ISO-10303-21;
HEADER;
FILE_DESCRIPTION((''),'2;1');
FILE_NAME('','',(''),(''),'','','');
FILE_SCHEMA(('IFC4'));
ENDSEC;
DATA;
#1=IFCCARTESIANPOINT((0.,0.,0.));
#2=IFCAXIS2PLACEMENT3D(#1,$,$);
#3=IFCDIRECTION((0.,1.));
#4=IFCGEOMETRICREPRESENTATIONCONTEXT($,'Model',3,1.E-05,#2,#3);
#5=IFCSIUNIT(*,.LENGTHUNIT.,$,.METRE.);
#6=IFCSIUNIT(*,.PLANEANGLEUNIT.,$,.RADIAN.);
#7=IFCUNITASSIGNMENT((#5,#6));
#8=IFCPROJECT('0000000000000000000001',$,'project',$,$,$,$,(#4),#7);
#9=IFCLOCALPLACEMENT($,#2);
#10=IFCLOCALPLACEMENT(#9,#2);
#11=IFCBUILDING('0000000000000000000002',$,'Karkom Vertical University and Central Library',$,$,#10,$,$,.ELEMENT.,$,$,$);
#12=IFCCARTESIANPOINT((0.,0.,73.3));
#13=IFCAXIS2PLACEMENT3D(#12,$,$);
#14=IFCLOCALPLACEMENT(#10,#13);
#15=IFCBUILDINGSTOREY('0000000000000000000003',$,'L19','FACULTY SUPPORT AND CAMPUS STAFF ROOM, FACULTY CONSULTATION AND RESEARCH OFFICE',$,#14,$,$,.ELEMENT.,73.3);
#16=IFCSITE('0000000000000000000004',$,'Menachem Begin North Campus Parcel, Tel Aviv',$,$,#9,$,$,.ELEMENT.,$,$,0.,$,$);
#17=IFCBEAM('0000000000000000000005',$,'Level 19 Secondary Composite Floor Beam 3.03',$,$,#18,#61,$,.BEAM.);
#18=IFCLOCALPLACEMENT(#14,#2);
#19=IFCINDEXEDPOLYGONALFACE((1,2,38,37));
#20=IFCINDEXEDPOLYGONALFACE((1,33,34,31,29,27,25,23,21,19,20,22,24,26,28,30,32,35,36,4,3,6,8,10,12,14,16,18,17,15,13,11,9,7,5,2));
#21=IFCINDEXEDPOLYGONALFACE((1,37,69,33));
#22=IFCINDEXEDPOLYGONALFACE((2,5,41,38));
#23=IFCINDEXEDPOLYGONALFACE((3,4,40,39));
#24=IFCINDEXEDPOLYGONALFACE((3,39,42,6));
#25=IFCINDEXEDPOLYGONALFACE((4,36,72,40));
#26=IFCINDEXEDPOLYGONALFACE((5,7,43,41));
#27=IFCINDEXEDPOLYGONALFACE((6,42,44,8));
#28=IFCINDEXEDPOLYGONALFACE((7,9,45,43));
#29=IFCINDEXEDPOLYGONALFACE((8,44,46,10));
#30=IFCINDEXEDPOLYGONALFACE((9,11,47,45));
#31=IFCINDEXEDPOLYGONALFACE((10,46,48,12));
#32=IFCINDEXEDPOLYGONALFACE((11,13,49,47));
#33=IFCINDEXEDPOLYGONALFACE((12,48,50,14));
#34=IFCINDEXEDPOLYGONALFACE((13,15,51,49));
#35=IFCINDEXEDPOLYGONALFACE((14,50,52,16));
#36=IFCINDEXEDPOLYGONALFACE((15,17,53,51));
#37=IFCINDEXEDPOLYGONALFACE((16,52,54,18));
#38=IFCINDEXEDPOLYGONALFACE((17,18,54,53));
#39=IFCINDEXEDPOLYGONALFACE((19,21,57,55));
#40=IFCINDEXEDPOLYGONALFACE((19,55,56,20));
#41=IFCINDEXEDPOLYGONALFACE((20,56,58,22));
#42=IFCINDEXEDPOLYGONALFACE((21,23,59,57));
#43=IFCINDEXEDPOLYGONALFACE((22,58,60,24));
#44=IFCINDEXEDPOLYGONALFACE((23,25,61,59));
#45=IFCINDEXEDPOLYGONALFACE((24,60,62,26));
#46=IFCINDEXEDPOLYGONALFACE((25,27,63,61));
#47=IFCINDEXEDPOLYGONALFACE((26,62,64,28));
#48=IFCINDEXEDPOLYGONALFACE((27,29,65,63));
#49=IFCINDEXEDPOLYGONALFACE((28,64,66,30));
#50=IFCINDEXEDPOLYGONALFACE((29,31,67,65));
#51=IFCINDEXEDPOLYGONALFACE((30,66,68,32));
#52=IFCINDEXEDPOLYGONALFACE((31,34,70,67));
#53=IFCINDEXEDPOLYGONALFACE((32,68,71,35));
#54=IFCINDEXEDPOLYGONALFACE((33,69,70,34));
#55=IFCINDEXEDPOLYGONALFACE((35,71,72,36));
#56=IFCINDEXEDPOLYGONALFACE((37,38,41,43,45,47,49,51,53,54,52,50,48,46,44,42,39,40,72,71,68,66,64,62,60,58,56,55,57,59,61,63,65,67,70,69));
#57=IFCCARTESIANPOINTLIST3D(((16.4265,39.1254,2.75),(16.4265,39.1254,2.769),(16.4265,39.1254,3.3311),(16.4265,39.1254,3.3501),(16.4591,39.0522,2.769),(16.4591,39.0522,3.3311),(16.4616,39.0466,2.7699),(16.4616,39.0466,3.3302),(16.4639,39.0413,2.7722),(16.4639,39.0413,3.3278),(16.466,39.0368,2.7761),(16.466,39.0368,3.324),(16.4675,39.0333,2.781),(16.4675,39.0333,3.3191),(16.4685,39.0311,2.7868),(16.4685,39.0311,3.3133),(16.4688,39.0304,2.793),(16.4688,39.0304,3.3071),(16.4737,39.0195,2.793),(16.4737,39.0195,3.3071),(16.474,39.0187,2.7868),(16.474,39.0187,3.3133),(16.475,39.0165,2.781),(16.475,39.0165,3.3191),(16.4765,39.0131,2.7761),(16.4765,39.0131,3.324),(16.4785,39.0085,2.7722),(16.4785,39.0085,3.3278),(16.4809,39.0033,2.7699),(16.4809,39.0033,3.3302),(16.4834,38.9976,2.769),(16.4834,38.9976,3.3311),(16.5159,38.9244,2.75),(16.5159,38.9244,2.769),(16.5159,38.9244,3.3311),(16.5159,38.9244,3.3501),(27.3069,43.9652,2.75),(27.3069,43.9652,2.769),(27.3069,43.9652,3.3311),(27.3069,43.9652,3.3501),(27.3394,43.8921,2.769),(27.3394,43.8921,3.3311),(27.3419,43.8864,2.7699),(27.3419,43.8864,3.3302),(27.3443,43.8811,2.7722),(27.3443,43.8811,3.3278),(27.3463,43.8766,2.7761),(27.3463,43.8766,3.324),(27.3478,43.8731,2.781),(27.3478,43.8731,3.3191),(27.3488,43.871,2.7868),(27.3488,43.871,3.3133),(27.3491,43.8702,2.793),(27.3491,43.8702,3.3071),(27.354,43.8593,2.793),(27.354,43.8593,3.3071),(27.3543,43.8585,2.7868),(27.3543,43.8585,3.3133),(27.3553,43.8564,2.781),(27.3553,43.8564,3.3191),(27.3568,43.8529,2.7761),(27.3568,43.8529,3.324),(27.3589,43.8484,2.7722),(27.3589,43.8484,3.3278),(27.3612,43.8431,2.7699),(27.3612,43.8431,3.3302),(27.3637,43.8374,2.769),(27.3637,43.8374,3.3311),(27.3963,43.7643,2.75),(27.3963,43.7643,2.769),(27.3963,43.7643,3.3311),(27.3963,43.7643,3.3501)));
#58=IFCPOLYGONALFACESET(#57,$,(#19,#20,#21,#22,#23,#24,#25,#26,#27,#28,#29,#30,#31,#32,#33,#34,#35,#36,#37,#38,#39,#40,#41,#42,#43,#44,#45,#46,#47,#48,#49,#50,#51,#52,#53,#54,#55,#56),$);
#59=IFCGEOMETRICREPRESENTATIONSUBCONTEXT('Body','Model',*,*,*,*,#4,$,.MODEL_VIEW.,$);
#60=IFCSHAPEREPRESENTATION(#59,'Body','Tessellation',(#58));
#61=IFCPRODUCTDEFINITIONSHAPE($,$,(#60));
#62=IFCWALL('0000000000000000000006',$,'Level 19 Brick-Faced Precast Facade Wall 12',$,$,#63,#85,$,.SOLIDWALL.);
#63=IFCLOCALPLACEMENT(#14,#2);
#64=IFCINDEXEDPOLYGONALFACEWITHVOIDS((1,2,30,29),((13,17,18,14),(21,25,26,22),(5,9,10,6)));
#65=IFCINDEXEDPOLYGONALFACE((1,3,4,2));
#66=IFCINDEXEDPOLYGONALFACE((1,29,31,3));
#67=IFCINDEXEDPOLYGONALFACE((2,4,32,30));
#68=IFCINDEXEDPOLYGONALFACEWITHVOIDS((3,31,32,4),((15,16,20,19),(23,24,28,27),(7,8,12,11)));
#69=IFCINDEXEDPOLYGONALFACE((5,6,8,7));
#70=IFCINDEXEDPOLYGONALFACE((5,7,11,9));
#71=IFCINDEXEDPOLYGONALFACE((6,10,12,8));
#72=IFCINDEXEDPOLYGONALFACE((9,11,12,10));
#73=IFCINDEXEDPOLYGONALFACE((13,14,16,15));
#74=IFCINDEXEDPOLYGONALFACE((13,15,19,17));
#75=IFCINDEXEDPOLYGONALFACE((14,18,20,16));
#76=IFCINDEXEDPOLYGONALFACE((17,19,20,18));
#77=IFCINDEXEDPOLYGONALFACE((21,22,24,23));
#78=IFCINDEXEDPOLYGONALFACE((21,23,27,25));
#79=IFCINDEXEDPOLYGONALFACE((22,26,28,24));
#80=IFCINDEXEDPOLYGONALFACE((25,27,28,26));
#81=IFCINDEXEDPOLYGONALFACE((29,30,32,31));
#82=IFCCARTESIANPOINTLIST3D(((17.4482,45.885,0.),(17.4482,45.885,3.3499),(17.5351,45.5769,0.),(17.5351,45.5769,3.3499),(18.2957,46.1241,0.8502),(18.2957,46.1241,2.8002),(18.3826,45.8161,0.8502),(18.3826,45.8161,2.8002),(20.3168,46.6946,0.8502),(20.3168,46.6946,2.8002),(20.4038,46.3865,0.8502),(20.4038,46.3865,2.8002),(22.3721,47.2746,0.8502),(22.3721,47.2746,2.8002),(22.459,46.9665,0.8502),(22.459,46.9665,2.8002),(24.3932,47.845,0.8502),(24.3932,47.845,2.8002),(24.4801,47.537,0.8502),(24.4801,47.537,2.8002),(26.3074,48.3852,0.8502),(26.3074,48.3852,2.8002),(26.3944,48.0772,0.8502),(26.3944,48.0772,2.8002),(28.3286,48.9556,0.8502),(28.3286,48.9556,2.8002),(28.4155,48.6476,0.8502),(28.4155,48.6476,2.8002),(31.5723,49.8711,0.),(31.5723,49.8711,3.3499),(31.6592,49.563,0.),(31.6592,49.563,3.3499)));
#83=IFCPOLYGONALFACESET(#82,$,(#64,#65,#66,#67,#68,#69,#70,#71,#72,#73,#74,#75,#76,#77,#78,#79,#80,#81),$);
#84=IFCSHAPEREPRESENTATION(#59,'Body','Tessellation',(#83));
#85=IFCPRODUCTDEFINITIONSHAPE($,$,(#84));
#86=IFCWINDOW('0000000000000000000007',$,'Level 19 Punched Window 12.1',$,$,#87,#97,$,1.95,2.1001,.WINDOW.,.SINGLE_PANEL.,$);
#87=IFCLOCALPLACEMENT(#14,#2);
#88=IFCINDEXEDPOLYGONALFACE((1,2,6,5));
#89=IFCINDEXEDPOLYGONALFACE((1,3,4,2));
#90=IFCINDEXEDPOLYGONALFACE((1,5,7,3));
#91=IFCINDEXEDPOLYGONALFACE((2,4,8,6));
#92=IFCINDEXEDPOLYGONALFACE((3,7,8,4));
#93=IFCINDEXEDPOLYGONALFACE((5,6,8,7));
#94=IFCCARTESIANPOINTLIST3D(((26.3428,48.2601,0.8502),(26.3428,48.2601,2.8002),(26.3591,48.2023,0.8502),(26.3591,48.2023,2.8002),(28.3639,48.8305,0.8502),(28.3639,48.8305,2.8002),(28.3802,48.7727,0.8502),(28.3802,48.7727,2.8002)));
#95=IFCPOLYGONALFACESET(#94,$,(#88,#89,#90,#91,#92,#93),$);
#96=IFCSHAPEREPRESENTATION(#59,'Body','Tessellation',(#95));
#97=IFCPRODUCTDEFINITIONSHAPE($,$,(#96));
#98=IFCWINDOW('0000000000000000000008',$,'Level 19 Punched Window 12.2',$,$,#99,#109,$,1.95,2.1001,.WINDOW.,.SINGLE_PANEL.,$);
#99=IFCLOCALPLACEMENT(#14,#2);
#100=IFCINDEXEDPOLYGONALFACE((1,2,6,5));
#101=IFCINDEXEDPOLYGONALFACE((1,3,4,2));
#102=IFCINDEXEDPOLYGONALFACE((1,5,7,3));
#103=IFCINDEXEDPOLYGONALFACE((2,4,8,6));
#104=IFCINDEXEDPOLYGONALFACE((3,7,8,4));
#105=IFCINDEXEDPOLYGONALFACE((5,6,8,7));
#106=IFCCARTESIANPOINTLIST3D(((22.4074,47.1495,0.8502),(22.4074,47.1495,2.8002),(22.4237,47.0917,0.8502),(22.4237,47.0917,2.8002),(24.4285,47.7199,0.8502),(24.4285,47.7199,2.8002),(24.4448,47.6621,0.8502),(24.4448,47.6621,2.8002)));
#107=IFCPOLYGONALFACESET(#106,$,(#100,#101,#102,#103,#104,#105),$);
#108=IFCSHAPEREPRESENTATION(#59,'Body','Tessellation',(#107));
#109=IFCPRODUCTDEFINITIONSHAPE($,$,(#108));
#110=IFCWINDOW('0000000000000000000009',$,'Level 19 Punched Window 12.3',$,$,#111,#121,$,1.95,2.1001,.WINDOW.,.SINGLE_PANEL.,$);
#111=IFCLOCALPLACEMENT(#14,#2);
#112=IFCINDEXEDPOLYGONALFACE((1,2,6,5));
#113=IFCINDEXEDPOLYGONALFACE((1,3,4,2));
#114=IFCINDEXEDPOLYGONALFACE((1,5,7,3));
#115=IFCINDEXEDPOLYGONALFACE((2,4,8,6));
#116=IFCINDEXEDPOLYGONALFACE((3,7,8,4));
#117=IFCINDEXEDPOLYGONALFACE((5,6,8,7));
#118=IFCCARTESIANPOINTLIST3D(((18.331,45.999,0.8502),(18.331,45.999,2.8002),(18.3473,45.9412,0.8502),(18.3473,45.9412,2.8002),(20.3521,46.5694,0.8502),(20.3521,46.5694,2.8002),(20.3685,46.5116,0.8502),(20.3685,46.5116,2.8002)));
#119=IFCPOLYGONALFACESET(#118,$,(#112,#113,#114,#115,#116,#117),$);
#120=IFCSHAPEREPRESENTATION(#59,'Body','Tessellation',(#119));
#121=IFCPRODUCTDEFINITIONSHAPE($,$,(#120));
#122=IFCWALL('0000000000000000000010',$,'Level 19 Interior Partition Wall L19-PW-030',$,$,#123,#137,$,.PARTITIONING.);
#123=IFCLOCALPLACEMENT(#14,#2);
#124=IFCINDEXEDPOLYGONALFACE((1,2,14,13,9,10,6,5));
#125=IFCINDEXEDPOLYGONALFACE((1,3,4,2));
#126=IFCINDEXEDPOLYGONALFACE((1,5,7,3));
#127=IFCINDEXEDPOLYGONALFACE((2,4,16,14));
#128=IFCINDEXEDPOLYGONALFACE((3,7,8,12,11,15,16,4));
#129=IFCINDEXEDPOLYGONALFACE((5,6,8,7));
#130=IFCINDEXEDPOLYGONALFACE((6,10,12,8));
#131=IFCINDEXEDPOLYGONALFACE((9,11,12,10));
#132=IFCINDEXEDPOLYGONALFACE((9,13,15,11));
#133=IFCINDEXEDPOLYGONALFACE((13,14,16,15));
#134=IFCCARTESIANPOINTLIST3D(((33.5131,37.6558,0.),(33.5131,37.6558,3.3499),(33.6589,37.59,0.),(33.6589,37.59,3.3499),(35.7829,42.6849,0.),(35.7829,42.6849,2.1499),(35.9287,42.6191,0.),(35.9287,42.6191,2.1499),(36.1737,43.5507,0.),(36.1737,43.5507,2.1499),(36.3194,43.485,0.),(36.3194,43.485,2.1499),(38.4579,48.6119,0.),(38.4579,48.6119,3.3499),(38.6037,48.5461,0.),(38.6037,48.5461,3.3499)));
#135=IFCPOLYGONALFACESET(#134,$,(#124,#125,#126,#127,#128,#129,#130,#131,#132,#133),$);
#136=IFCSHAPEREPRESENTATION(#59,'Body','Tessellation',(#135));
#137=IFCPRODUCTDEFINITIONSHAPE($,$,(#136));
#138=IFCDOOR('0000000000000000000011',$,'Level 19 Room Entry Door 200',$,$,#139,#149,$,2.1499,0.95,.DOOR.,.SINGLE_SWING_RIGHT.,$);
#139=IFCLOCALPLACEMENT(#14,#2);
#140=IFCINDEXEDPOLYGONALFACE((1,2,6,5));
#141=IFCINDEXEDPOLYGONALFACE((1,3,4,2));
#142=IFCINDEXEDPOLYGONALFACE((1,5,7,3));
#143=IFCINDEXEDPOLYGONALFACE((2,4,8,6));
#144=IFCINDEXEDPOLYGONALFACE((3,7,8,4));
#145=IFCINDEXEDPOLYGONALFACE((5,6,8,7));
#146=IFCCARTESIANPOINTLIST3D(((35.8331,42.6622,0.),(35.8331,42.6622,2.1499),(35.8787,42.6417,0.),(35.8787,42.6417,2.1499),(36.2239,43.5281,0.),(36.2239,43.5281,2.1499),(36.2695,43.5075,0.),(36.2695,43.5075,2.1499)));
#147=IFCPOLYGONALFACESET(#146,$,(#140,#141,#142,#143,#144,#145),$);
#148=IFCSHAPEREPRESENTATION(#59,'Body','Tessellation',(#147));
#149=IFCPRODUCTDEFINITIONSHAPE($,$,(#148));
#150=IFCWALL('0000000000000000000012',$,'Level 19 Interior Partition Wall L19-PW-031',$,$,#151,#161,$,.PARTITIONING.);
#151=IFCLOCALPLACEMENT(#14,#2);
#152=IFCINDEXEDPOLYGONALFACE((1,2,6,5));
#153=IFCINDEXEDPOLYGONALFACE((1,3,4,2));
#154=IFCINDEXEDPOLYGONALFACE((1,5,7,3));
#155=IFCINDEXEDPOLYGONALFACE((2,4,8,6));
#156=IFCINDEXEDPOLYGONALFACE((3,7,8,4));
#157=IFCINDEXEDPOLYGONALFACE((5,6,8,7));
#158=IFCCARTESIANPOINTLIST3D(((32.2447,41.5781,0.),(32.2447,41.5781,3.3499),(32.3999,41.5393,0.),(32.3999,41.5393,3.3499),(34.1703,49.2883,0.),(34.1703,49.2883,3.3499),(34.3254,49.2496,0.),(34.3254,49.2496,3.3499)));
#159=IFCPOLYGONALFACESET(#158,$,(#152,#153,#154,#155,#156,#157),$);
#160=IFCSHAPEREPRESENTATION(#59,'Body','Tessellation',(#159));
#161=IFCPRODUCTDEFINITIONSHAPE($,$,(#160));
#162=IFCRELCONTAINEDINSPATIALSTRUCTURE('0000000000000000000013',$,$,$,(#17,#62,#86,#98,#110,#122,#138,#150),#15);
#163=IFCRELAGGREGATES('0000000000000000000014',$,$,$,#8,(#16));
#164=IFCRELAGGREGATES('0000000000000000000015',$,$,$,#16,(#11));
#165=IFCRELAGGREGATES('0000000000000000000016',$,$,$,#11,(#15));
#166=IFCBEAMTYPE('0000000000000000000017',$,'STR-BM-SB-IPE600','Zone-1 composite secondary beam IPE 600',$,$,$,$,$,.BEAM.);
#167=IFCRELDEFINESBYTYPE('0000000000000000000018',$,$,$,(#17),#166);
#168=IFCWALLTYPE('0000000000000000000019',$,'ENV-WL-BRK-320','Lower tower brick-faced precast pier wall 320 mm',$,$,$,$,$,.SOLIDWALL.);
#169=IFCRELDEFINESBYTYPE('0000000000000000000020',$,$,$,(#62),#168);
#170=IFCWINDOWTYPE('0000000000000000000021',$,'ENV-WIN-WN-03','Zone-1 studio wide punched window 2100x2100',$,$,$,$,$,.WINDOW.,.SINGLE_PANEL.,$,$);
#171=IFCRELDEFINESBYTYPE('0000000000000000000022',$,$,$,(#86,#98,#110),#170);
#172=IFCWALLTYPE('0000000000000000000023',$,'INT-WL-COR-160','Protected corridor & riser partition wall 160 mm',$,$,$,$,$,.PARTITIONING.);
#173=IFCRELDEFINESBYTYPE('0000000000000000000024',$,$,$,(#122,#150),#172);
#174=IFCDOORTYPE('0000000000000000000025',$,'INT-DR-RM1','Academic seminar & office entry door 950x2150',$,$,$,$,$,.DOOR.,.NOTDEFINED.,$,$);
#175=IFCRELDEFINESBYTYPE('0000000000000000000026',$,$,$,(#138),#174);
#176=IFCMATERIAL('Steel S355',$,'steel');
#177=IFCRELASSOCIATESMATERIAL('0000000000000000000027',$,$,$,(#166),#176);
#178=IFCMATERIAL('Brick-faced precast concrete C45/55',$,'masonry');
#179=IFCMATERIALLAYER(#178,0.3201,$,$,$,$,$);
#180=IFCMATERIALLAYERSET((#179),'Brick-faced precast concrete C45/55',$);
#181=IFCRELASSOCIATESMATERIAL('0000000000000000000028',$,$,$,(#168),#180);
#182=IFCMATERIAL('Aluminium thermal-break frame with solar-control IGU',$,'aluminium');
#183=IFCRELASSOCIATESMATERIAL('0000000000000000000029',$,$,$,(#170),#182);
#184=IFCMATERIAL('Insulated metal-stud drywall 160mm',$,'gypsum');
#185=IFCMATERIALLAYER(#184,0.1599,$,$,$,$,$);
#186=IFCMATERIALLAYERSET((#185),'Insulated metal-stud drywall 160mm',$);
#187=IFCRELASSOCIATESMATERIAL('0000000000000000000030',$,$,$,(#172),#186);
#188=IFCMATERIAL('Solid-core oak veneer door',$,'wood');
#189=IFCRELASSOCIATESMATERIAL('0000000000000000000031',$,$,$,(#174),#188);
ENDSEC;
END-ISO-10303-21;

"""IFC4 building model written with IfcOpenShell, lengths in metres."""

from ifc_helpers import new_model, si_unit, direction, frame, frame_2d, origin, origin_with_axes, origin_2d, place, context, subcontext, project, spatial, rectangle, i_section, extrude, source, transform, mapped, material, layer, layer_set, material_profile, profile_set, type_object, element, fill, save


model = new_model("IFC4")

# Units and contexts
model_context = context("Model", 3, precision=1e-05, world=origin(), true_north=direction((0.0, 1.0)))
body_context = subcontext(model_context, "Body", "Model", "MODEL_VIEW")
ifc_project = project(units=[si_unit("LENGTHUNIT", "METRE"), si_unit("PLANEANGLEUNIT", "RADIAN")], contexts=[model_context])

# Site, building, storey
site_placement = place(None, origin())
site = spatial("IfcSite", under=ifc_project, at=site_placement, Name="Menachem Begin North Campus Parcel, Tel Aviv", CompositionType="ELEMENT", RefElevation=0.0)
building_placement = place(site_placement, origin())
building = spatial("IfcBuilding", under=site, at=building_placement, Name="Karkom Vertical University and Central Library", CompositionType="ELEMENT")
storey_placement = place(building_placement, frame((0.0, 0.0, 73.3)))
storey = spatial("IfcBuildingStorey", under=building, at=storey_placement, Name="L19", Description="FACULTY SUPPORT AND CAMPUS STAFF ROOM, FACULTY CONSULTATION AND RESEARCH OFFICE", CompositionType="ELEMENT", Elevation=73.3)

# Beam
ifc_material_1 = material(Name="Steel S355", Category="steel")
ifc_material_profile_1 = material_profile(ifc_material_1, i_section(OverallWidth=0.22, OverallDepth=0.6001, WebThickness=0.012, FlangeThickness=0.019, FilletRadius=0.0239, at=origin_2d()), Name="IPE 600")
ifc_profile_set_1 = profile_set([ifc_material_profile_1], Name="Steel S355")
beam_type_1 = type_object("IfcBeamType", Name="STR-BM-SB-IPE600", Description="Zone-1 composite secondary beam IPE 600", PredefinedType="BEAM", material=ifc_profile_set_1)
shared_shape_1 = source(origin_with_axes(), body_context, "Body", "SweptSolid", [
    extrude(i_section(OverallWidth=0.22, OverallDepth=0.6001, WebThickness=0.012, FlangeThickness=0.019, FilletRadius=0.0239, at=origin_2d()), origin(), (0.0, 0.0, 1.0), 11.9082),
])
beam_1_placement = place(storey_placement, frame((27.3516, 43.8647, 3.05), z_axis=(-0.913683, -0.406428, 0.0), x_axis=(0.406428, -0.913683, 0.0)))
element("IfcBeam", 1, at=beam_1_placement, inside=storey, type_object=beam_type_1, Name="Level 19 Secondary Composite Floor Beam 3.03", PredefinedType="BEAM", context=body_context, shape_type="MappedRepresentation", body=[
    mapped(shared_shape_1, transform((0.0, 0.0, 0.0), scale=1.0)),
])

# Wall, openings, windows
ifc_material_2 = material(Name="Brick-faced precast concrete C45/55", Category="masonry")
ifc_layer_1 = layer(ifc_material_2, 0.3201)
ifc_layer_set_1 = layer_set([ifc_layer_1], Name="Brick-faced precast concrete C45/55")
wall_type_1 = type_object("IfcWallType", Name="ENV-WL-BRK-320", Description="Lower tower brick-faced precast pier wall 320 mm", PredefinedType="SOLIDWALL", material=ifc_layer_set_1)
wall_1_placement = place(storey_placement, frame((31.6157, 49.717, 0.0), z_axis=(0.0, 0.0, 1.0), x_axis=(-0.962407, -0.271611, 0.0)))
wall_1 = element("IfcWall", 2, at=wall_1_placement, inside=storey, type_object=wall_type_1, Name="Level 19 Brick-Faced Precast Facade Wall 12", PredefinedType="SOLIDWALL", context=body_context, shape_type="SweptSolid", body=[
    extrude(rectangle(XDim=14.6758, YDim=0.3201, at=frame_2d((7.3379, 0.0))), origin(), (0.0, 0.0, 1.0), 3.3499),
])
opening_1_placement = place(wall_1_placement, frame((3.3704, 0.0, 0.8501)))
opening_1 = element("IfcOpeningElement", 3, at=opening_1_placement, cuts=wall_1, PredefinedType="OPENING", context=body_context, shape_type="SweptSolid", body=[
    extrude(rectangle(XDim=2.1001, YDim=1.95, at=frame_2d((1.05, 0.9751))), frame((0.0, 0.1699, 0.0), z_axis=(0.0, -1.0, 0.0), x_axis=(1.0, 0.0, 0.0)), (0.0, 0.0, 1.0), 0.3401),
])
opening_2_placement = place(wall_1_placement, frame((7.4595, 0.0, 0.8501)))
opening_2 = element("IfcOpeningElement", 4, at=opening_2_placement, cuts=wall_1, PredefinedType="OPENING", context=body_context, shape_type="SweptSolid", body=[
    extrude(rectangle(XDim=2.1001, YDim=1.95, at=frame_2d((1.05, 0.9751))), frame((0.0, 0.1699, 0.0), z_axis=(0.0, -1.0, 0.0), x_axis=(1.0, 0.0, 0.0)), (0.0, 0.0, 1.0), 0.3401),
])
opening_3_placement = place(wall_1_placement, frame((11.6951, 0.0, 0.8501)))
opening_3 = element("IfcOpeningElement", 5, at=opening_3_placement, cuts=wall_1, PredefinedType="OPENING", context=body_context, shape_type="SweptSolid", body=[
    extrude(rectangle(XDim=2.1001, YDim=1.95, at=frame_2d((1.05, 0.9751))), frame((0.0, 0.1699, 0.0), z_axis=(0.0, -1.0, 0.0), x_axis=(1.0, 0.0, 0.0)), (0.0, 0.0, 1.0), 0.3401),
])
ifc_material_3 = material(Name="Aluminium thermal-break frame with solar-control IGU", Category="aluminium")
window_type = type_object("IfcWindowType", Name="ENV-WIN-WN-03", Description="Zone-1 studio wide punched window 2100x2100", PartitioningType="SINGLE_PANEL", PredefinedType="WINDOW", material=ifc_material_3)
shared_shape_2 = source(origin_with_axes(), body_context, "Body", "SweptSolid", [
    extrude(rectangle(XDim=2.1001, YDim=1.95, at=frame_2d((1.05, 0.9751))), frame((0.0, 0.03, 0.0), z_axis=(0.0, -1.0, 0.0), x_axis=(1.0, 0.0, 0.0)), (0.0, 0.0, 1.0), 0.0601),
])
window_1_placement = place(opening_1_placement, origin())
window_1 = element("IfcWindow", 6, at=window_1_placement, inside=storey, type_object=window_type, Name="Level 19 Punched Window 12.1", OverallHeight=1.95, OverallWidth=2.1001, PartitioningType="SINGLE_PANEL", PredefinedType="WINDOW", context=body_context, shape_type="MappedRepresentation", body=[
    mapped(shared_shape_2, transform((0.0, 0.0, 0.0), scale=1.0)),
])
fill(opening_1, window_1)
window_2_placement = place(opening_2_placement, origin())
window_2 = element("IfcWindow", 7, at=window_2_placement, inside=storey, type_object=window_type, Name="Level 19 Punched Window 12.2", OverallHeight=1.95, OverallWidth=2.1001, PartitioningType="SINGLE_PANEL", PredefinedType="WINDOW", context=body_context, shape_type="MappedRepresentation", body=[
    mapped(shared_shape_2, transform((0.0, 0.0, 0.0), scale=1.0)),
])
fill(opening_2, window_2)
window_3_placement = place(opening_3_placement, origin())
window_3 = element("IfcWindow", 8, at=window_3_placement, inside=storey, type_object=window_type, Name="Level 19 Punched Window 12.3", OverallHeight=1.95, OverallWidth=2.1001, PartitioningType="SINGLE_PANEL", PredefinedType="WINDOW", context=body_context, shape_type="MappedRepresentation", body=[
    mapped(shared_shape_2, transform((0.0, 0.0, 0.0), scale=1.0)),
])
fill(opening_3, window_3)

# Wall, opening, door
ifc_material_4 = material(Name="Insulated metal-stud drywall 160mm", Category="gypsum")
ifc_layer_2 = layer(ifc_material_4, 0.1599)
ifc_layer_set_2 = layer_set([ifc_layer_2], Name="Insulated metal-stud drywall 160mm")
wall_type_2 = type_object("IfcWallType", Name="INT-WL-COR-160", Description="Protected corridor & riser partition wall 160 mm", PredefinedType="PARTITIONING", material=ifc_layer_set_2)
wall_2_placement = place(storey_placement, frame((33.5859, 37.6228, 0.0), z_axis=(0.0, 0.0, 1.0), x_axis=(0.411374, 0.911466, 0.0)))
wall_2 = element("IfcWall", 9, at=wall_2_placement, inside=storey, type_object=wall_type_2, Name="Level 19 Interior Partition Wall L19-PW-030", PredefinedType="PARTITIONING", context=body_context, shape_type="SweptSolid", body=[
    extrude(rectangle(XDim=12.0203, YDim=0.1599, at=frame_2d((6.0103, 0.0))), origin(), (0.0, 0.0, 1.0), 3.3499),
])
opening_4_placement = place(wall_2_placement, frame((5.5176, 0.0, 0.0)))
opening_4 = element("IfcOpeningElement", 10, at=opening_4_placement, cuts=wall_2, PredefinedType="OPENING", context=body_context, shape_type="SweptSolid", body=[
    extrude(rectangle(XDim=0.95, YDim=2.1499, at=frame_2d((0.4751, 1.075))), frame((0.0, 0.0898, 0.0), z_axis=(0.0, -1.0, 0.0), x_axis=(1.0, 0.0, 0.0)), (0.0, 0.0, 1.0), 0.1799),
])
ifc_material_5 = material(Name="Solid-core oak veneer door", Category="wood")
door_type_1 = type_object("IfcDoorType", Name="INT-DR-RM1", Description="Academic seminar & office entry door 950x2150", OperationType="NOTDEFINED", PredefinedType="DOOR", material=ifc_material_5)
shared_shape_3 = source(origin_with_axes(), body_context, "Body", "SweptSolid", [
    extrude(rectangle(XDim=0.95, YDim=2.1499, at=frame_2d((0.4751, 1.075))), frame((0.0, 0.0249, 0.0), z_axis=(0.0, -1.0, 0.0), x_axis=(1.0, 0.0, 0.0)), (0.0, 0.0, 1.0), 0.05),
])
door_1_placement = place(opening_4_placement, origin())
door_1 = element("IfcDoor", 11, at=door_1_placement, inside=storey, type_object=door_type_1, Name="Level 19 Room Entry Door 200", OperationType="SINGLE_SWING_RIGHT", OverallHeight=2.1499, OverallWidth=0.95, PredefinedType="DOOR", context=body_context, shape_type="MappedRepresentation", body=[
    mapped(shared_shape_3, transform((0.0, 0.0, 0.0), scale=1.0)),
])
fill(opening_4, door_1)

# Wall
wall_3_placement = place(storey_placement, frame((32.3223, 41.5586, 0.0), z_axis=(0.0, 0.0, 1.0), x_axis=(0.242297, 0.970202, 0.0)))
element("IfcWall", 12, at=wall_3_placement, inside=storey, type_object=wall_type_2, Name="Level 19 Interior Partition Wall L19-PW-031", PredefinedType="PARTITIONING", context=body_context, shape_type="SweptSolid", body=[
    extrude(rectangle(XDim=7.947, YDim=0.1599, at=frame_2d((3.9736, 0.0))), origin(), (0.0, 0.0, 1.0), 3.3499),
])

save(model, "model.ifc")
